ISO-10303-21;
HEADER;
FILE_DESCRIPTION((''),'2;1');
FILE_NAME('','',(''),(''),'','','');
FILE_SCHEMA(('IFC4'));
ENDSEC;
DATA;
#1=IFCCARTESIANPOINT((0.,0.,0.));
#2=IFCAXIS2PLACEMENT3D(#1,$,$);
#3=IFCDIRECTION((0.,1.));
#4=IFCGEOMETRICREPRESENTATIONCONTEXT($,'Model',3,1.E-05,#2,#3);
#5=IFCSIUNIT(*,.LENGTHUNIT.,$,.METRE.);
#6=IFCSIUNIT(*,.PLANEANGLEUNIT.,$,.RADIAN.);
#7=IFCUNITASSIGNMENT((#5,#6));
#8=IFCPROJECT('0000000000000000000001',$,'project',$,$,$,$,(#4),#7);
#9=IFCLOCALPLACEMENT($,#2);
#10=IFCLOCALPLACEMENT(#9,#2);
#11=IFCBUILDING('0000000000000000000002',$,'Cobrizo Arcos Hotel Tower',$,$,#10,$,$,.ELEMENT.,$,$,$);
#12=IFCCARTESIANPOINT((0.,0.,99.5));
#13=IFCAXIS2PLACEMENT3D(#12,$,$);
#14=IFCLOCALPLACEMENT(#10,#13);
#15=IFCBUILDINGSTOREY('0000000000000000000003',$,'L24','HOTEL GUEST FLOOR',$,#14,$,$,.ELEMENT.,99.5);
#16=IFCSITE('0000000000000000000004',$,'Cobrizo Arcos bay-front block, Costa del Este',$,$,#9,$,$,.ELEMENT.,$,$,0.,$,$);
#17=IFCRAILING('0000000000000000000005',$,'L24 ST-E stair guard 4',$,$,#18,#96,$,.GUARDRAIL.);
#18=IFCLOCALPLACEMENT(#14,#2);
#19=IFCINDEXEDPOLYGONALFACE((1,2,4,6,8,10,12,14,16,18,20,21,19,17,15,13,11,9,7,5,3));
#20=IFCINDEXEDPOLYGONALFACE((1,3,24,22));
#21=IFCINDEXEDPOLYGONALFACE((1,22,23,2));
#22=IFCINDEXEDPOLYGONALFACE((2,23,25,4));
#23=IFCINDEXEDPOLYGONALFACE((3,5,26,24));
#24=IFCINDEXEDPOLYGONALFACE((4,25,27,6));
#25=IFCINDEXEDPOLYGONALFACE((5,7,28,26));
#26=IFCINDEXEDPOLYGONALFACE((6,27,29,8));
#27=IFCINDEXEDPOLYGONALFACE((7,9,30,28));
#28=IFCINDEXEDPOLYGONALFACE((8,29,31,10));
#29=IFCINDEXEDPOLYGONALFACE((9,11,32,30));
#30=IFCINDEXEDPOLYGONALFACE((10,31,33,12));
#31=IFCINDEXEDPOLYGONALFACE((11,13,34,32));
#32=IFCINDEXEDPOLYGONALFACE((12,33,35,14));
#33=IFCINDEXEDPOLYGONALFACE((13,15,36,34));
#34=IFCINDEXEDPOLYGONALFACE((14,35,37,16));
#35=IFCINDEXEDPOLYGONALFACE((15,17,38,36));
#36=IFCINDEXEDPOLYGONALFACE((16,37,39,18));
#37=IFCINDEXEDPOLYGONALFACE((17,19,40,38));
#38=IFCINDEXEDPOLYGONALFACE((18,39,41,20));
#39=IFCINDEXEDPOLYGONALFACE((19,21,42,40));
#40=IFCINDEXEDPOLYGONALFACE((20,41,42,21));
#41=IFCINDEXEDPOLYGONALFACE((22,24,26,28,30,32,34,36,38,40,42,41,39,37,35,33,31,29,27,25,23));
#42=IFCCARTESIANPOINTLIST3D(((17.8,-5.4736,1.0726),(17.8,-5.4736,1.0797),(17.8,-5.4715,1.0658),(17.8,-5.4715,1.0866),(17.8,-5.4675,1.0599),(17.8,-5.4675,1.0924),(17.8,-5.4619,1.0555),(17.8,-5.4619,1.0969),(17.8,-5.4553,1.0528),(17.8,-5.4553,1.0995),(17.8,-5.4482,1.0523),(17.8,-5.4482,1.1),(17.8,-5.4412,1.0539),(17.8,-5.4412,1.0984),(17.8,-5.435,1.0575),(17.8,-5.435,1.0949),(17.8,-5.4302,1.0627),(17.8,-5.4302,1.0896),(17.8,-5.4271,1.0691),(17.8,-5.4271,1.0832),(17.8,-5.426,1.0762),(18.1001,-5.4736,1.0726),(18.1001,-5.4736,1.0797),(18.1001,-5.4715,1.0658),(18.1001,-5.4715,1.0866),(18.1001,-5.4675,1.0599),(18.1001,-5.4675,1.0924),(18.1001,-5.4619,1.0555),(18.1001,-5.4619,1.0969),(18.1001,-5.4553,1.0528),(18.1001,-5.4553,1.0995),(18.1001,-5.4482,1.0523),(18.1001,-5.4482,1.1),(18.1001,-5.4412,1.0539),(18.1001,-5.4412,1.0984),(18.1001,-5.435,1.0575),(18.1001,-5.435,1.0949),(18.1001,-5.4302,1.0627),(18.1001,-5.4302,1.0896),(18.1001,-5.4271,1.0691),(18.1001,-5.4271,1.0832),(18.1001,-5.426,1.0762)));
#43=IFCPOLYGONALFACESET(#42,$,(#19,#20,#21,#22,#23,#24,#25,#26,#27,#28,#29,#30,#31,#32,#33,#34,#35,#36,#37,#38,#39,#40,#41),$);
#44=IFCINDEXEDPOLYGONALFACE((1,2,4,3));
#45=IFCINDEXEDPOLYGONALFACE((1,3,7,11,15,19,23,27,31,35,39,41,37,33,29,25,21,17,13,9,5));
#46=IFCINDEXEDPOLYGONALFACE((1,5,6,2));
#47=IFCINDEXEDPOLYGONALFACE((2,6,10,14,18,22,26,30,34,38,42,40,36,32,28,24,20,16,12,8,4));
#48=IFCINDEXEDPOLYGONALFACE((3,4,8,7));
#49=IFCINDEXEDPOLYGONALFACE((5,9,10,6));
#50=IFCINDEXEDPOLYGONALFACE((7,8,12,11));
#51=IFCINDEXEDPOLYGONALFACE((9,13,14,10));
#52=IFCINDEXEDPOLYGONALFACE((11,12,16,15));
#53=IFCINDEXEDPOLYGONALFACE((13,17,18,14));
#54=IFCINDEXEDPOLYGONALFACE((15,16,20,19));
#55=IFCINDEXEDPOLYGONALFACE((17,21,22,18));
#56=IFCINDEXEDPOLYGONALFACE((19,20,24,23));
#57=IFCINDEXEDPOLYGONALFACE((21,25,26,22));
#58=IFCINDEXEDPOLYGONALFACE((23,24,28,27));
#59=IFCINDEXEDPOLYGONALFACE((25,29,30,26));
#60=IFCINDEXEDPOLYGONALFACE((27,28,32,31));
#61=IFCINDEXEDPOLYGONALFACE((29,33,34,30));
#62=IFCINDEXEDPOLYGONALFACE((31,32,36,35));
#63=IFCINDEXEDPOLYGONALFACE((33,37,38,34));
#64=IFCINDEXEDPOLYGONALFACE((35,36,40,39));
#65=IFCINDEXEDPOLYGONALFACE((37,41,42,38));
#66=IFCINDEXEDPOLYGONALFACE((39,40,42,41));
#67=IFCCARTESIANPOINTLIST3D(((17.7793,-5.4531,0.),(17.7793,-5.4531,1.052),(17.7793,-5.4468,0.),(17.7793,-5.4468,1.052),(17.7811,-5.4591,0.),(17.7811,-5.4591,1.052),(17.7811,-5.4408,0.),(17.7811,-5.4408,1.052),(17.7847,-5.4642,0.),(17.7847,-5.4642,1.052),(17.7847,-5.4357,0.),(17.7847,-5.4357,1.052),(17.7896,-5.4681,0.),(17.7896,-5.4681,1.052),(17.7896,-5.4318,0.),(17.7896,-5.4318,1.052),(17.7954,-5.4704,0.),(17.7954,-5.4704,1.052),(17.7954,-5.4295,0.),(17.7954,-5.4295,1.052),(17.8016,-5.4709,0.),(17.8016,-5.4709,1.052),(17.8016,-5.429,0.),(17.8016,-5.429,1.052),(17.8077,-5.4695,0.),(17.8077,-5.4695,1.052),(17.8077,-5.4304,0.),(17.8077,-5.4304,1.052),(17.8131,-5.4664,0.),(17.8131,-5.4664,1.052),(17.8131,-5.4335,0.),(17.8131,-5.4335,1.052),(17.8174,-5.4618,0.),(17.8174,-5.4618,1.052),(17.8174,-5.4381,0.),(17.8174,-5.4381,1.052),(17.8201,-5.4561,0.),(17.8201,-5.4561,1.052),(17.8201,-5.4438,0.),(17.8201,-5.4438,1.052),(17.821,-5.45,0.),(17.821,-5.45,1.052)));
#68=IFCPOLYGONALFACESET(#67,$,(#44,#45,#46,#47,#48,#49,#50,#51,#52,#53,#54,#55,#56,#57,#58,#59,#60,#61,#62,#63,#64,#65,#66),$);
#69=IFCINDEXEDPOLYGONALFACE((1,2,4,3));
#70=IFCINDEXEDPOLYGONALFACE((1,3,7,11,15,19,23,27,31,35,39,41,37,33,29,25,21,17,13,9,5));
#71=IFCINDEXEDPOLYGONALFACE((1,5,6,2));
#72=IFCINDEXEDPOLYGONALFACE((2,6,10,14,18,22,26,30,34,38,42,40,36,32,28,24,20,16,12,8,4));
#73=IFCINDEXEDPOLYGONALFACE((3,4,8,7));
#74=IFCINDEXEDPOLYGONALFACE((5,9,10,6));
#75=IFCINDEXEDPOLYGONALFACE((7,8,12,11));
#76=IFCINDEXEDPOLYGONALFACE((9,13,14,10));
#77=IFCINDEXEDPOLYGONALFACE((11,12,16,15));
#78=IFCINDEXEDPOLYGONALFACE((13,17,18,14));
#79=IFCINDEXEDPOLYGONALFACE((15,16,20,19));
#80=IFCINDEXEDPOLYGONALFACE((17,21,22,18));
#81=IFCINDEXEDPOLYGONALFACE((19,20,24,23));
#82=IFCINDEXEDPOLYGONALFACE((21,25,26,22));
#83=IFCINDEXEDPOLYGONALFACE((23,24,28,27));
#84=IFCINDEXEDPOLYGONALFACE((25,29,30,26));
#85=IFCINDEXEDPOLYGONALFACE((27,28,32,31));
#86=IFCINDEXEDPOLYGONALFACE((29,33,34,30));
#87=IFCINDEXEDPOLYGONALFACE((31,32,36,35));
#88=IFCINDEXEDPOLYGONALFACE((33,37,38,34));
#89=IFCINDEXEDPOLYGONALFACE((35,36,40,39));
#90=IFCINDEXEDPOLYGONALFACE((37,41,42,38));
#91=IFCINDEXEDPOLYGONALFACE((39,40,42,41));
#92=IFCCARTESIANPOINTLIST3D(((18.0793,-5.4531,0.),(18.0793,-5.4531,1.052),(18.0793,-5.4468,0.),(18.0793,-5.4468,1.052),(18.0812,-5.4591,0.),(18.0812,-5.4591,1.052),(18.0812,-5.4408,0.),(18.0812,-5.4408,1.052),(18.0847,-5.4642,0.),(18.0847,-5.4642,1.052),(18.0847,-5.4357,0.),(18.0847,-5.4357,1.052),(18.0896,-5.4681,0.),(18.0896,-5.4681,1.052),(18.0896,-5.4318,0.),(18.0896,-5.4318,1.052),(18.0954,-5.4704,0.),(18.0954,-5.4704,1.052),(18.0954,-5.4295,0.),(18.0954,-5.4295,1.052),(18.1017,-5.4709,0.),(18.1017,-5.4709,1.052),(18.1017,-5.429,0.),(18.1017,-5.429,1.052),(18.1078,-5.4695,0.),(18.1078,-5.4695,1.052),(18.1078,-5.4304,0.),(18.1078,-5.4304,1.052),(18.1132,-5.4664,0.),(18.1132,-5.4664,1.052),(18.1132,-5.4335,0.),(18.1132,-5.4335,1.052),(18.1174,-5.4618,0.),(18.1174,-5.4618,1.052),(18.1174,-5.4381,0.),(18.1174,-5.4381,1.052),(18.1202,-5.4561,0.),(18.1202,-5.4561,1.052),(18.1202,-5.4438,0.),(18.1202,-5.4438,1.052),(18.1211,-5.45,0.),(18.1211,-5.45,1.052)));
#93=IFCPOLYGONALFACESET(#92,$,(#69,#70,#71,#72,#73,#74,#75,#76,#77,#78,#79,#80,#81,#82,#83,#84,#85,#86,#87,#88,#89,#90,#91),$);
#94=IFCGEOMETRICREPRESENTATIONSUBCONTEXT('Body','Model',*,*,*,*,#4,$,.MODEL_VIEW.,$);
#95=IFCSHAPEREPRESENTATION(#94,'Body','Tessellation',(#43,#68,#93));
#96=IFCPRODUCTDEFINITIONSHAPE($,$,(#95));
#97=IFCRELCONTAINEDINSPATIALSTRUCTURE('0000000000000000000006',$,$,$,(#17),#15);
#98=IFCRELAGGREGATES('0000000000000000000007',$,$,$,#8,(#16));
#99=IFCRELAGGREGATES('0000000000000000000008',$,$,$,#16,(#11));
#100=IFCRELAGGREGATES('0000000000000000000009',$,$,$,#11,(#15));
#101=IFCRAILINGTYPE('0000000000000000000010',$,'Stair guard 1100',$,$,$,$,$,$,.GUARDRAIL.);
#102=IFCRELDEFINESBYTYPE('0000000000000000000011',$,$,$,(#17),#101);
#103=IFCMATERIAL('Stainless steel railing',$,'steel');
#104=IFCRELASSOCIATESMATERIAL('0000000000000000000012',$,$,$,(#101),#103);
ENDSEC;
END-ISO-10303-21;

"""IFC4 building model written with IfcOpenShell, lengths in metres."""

from ifc_helpers import new_model, si_unit, direction, frame, origin, origin_2d, place, context, subcontext, project, spatial, circle, extrude, material, type_object, element, save


model = new_model("IFC4")

# Units and contexts
model_context = context("Model", 3, precision=1e-05, world=origin(), true_north=direction((0.0, 1.0)))
body_context = subcontext(model_context, "Body", "Model", "MODEL_VIEW")
ifc_project = project(units=[si_unit("LENGTHUNIT", "METRE"), si_unit("PLANEANGLEUNIT", "RADIAN")], contexts=[model_context])

# Site, building, storey
site_placement = place(None, origin())
site = spatial("IfcSite", under=ifc_project, at=site_placement, Name="Cobrizo Arcos bay-front block, Costa del Este", CompositionType="ELEMENT", RefElevation=0.0)
building_placement = place(site_placement, origin())
building = spatial("IfcBuilding", under=site, at=building_placement, Name="Cobrizo Arcos Hotel Tower", CompositionType="ELEMENT")
storey_placement = place(building_placement, frame((0.0, 0.0, 99.5)))
storey = spatial("IfcBuildingStorey", under=building, at=storey_placement, Name="L24", Description="HOTEL GUEST FLOOR", CompositionType="ELEMENT", Elevation=99.5)

# Railing
ifc_material_1 = material(Name="Stainless steel railing", Category="steel")
railing_type_1 = type_object("IfcRailingType", Name="Stair guard 1100", PredefinedType="GUARDRAIL", material=ifc_material_1)
railing_1_placement = place(storey_placement, frame((17.8, -5.45, 0.0)))
element("IfcRailing", 1, at=railing_1_placement, inside=storey, type_object=railing_type_1, Name="L24 ST-E stair guard 4", PredefinedType="GUARDRAIL", context=body_context, shape_type="SweptSolid", body=[
    extrude(circle(Radius=0.0239, at=origin_2d()), frame((0.0, 0.0, 1.0762), z_axis=(1.0, 0.0, 0.0), x_axis=(0.0, 1.0, 0.0)), (0.0, 0.0, 1.0), 0.3),
    extrude(circle(Radius=0.021, at=origin_2d()), origin(), (0.0, 0.0, 1.0), 1.052),
    extrude(circle(Radius=0.021, at=origin_2d()), frame((0.3, 0.0, 0.0)), (0.0, 0.0, 1.0), 1.052),
])

save(model, "model.ifc")
